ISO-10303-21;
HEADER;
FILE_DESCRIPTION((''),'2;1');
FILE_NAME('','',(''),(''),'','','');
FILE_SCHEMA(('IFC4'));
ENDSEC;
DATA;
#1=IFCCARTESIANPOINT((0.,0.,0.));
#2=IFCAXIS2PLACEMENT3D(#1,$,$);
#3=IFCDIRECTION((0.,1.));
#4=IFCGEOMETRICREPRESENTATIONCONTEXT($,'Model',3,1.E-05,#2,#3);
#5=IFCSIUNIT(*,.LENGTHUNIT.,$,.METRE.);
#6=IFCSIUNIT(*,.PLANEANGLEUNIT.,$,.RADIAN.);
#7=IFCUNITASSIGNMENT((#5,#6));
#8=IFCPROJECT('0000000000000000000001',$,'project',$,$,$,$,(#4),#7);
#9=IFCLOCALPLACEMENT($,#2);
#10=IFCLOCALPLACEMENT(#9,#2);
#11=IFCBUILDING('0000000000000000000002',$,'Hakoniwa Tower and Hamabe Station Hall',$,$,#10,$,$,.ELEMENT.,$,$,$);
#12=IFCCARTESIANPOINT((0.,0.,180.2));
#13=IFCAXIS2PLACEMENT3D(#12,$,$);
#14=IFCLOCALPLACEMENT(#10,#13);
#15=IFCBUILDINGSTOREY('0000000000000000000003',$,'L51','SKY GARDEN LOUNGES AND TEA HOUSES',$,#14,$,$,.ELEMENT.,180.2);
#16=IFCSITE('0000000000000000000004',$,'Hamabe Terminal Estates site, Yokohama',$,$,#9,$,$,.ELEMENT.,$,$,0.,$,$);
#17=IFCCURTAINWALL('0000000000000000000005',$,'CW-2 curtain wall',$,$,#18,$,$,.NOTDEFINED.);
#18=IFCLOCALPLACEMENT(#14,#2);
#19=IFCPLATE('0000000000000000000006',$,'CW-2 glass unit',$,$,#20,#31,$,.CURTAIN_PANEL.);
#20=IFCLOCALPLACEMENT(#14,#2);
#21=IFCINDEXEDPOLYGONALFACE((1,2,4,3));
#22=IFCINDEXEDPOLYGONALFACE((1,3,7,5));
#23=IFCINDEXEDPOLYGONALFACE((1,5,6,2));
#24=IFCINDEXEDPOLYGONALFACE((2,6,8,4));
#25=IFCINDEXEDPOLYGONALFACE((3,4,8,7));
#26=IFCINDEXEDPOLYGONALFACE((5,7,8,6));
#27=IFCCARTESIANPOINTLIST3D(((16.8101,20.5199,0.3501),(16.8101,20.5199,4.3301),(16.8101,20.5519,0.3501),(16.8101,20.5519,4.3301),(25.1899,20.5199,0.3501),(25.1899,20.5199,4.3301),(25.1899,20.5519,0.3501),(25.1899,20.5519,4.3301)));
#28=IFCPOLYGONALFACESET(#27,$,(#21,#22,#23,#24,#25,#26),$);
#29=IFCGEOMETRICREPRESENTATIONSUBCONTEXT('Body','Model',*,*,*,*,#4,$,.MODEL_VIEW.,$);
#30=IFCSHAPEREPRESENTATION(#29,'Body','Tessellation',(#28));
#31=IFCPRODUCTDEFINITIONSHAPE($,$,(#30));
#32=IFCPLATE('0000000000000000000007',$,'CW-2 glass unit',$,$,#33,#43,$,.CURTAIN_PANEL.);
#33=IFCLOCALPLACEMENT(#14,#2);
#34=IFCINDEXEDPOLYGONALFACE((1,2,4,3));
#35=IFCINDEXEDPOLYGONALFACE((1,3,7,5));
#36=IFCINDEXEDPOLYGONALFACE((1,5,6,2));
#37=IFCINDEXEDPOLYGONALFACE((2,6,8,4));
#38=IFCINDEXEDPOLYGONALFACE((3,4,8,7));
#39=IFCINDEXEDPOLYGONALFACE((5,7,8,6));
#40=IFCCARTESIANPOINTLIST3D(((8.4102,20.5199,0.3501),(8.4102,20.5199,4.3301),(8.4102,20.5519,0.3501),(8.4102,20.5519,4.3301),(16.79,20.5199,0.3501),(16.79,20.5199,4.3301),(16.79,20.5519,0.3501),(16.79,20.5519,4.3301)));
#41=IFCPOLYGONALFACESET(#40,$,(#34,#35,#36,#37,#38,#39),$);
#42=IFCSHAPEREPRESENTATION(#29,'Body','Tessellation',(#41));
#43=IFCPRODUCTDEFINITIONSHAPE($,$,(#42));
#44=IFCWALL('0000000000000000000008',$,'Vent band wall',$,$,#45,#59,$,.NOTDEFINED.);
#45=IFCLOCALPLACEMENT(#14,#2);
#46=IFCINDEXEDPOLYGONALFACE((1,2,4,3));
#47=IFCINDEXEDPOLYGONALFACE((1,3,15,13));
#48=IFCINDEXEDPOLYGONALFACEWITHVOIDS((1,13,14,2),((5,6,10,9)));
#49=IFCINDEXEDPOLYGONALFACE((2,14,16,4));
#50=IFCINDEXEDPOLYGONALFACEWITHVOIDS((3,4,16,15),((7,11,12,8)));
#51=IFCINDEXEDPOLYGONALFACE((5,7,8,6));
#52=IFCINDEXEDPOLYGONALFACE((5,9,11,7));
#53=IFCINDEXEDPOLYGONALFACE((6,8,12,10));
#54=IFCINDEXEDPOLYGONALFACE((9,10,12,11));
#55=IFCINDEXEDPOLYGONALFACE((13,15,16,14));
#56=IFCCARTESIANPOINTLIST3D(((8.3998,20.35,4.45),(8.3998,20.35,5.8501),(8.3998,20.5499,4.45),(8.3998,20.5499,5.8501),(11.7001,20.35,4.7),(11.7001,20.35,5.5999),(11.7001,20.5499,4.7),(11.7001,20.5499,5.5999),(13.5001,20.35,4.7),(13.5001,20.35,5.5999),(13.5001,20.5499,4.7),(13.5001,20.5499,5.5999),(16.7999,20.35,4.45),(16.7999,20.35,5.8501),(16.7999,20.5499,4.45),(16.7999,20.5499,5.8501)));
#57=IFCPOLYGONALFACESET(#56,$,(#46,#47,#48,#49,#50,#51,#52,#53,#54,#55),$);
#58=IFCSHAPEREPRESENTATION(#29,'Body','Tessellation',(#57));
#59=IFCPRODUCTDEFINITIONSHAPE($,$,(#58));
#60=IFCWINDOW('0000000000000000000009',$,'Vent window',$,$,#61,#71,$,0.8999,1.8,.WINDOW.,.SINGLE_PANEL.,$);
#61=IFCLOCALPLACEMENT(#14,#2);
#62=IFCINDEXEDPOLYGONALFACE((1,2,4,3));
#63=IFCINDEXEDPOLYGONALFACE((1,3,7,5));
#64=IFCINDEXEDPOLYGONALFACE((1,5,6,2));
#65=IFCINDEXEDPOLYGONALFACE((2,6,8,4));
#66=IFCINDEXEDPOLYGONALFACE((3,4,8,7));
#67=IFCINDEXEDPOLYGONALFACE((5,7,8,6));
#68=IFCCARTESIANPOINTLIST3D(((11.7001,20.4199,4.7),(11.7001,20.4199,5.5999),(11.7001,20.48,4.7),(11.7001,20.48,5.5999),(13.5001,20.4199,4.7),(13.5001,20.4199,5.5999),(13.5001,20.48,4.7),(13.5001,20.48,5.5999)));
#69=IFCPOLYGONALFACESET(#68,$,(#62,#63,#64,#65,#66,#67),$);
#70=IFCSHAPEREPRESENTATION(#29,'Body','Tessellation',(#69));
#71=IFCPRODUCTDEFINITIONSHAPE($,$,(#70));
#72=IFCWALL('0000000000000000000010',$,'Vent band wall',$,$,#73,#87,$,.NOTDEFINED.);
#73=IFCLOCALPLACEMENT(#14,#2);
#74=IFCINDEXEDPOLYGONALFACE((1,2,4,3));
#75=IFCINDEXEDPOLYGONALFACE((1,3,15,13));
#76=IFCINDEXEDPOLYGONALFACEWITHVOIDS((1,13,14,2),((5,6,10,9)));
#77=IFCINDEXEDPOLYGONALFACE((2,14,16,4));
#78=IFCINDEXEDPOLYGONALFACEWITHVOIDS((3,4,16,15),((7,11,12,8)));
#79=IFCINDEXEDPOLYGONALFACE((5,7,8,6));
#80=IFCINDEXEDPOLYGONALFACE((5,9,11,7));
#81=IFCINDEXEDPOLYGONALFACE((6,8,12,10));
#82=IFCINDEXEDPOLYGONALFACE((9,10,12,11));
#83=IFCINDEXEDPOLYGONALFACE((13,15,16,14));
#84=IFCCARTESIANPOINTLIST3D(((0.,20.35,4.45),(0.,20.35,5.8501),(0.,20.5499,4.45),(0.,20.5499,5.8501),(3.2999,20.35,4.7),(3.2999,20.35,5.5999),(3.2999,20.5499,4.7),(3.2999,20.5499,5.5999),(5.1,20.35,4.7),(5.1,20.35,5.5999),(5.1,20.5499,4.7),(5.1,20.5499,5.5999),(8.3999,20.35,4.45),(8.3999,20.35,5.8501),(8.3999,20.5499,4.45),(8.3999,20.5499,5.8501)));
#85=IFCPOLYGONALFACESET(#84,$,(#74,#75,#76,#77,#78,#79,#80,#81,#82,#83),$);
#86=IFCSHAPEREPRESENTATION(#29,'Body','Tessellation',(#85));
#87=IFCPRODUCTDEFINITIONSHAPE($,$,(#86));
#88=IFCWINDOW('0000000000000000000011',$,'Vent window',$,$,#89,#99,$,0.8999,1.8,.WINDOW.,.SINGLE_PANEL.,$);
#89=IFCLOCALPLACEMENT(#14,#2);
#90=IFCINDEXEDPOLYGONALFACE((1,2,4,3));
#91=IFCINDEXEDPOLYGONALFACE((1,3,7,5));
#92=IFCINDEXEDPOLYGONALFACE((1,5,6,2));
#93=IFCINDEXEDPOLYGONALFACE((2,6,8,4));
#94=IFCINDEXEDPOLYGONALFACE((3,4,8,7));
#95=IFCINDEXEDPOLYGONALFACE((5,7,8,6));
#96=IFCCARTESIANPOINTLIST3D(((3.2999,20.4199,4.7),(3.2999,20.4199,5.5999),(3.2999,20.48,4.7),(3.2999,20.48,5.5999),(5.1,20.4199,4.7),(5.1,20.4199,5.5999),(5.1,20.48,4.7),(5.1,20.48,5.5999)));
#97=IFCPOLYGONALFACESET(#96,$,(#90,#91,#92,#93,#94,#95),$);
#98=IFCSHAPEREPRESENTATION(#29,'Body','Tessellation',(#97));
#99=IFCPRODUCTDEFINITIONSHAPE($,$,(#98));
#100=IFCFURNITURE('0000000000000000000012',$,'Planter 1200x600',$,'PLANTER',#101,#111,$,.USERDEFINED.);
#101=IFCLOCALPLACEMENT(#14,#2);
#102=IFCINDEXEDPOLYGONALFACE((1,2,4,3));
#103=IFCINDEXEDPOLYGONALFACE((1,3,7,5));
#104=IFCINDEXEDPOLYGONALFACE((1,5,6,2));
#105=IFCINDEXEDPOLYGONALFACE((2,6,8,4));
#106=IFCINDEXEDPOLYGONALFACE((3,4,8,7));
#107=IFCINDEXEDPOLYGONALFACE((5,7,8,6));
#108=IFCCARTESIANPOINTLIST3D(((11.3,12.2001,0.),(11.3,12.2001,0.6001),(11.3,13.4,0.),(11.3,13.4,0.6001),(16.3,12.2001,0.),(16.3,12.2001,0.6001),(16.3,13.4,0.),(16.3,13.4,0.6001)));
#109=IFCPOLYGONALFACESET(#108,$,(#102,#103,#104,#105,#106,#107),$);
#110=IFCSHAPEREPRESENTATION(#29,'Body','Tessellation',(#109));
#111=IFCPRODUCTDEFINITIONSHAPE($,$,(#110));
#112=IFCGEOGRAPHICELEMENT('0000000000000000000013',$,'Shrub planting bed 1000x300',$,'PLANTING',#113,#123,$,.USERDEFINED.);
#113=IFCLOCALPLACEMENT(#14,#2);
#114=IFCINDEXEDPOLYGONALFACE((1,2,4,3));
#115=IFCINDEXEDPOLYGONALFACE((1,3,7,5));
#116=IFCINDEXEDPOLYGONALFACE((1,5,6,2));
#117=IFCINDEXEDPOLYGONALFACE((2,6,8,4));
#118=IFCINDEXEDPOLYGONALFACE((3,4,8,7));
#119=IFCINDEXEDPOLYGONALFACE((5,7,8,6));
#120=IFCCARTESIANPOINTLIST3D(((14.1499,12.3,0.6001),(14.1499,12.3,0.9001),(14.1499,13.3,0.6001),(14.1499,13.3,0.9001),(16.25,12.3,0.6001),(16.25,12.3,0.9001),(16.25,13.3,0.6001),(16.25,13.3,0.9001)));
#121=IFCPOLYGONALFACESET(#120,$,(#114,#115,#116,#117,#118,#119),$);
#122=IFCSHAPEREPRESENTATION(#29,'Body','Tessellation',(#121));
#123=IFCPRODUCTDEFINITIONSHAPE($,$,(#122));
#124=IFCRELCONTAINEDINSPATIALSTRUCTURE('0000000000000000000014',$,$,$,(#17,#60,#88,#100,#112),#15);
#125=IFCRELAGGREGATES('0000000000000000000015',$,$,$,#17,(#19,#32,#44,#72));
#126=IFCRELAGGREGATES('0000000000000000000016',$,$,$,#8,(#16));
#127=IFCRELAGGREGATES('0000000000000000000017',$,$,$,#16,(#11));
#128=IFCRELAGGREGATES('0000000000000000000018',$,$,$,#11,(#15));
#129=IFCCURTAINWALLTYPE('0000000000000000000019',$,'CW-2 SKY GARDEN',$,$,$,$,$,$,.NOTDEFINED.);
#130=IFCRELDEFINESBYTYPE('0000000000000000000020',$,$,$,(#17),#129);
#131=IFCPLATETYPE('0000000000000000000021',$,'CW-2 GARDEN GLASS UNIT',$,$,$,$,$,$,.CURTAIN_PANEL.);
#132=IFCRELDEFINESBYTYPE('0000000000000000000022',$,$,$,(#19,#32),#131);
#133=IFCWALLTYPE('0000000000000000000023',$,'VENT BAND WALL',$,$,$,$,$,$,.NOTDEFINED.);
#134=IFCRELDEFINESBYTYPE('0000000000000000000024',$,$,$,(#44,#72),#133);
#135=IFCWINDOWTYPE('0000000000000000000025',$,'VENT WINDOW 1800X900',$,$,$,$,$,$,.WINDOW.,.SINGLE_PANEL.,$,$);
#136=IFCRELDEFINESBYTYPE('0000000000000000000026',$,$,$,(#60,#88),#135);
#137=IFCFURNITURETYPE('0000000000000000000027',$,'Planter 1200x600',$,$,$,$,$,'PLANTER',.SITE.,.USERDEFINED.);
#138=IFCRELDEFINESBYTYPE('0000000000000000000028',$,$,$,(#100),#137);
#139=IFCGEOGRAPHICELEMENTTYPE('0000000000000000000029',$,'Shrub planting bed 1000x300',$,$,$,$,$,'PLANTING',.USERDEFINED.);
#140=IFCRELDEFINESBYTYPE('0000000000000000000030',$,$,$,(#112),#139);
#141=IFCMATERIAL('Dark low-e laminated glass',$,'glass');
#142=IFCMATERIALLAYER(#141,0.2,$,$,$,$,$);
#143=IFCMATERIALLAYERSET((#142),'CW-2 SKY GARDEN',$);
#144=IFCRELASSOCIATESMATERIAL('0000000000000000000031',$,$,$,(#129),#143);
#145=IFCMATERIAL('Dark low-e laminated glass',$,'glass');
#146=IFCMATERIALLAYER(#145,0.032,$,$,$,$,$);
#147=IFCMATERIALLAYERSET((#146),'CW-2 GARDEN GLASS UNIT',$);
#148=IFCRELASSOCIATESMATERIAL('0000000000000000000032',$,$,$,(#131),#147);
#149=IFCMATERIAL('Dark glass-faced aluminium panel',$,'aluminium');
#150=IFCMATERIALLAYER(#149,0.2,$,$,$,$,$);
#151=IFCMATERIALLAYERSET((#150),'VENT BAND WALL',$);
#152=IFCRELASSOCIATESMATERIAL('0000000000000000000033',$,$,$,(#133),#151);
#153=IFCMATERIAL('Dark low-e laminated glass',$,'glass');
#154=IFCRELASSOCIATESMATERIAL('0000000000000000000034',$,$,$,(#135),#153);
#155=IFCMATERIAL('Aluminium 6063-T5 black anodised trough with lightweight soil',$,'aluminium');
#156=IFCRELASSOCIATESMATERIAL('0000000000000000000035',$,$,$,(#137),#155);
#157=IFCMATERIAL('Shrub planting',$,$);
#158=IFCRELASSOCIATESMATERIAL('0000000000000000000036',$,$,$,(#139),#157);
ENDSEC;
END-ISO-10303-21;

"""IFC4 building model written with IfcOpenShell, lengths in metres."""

from ifc_helpers import new_model, si_unit, direction, frame, frame_2d, origin, origin_2d, place, context, subcontext, project, spatial, rectangle, extrude, material, layer, layer_set, type_object, element, fill, aggregate, save


model = new_model("IFC4")

# Units and contexts
model_context = context("Model", 3, precision=1e-05, world=origin(), true_north=direction((0.0, 1.0)))
body_context = subcontext(model_context, "Body", "Model", "MODEL_VIEW")
ifc_project = project(units=[si_unit("LENGTHUNIT", "METRE"), si_unit("PLANEANGLEUNIT", "RADIAN")], contexts=[model_context])

# Site, building, storey
site_placement = place(None, origin())
site = spatial("IfcSite", under=ifc_project, at=site_placement, Name="Hamabe Terminal Estates site, Yokohama", CompositionType="ELEMENT", RefElevation=0.0)
building_placement = place(site_placement, origin())
building = spatial("IfcBuilding", under=site, at=building_placement, Name="Hakoniwa Tower and Hamabe Station Hall", CompositionType="ELEMENT")
storey_placement = place(building_placement, frame((0.0, 0.0, 180.2)))
storey = spatial("IfcBuildingStorey", under=building, at=storey_placement, Name="L51", Description="SKY GARDEN LOUNGES AND TEA HOUSES", CompositionType="ELEMENT", Elevation=180.2)

# Curtain wall, plates, walls, openings, windows
ifc_material_1 = material(Name="Dark low-e laminated glass", Category="glass")
ifc_layer_1 = layer(ifc_material_1, 0.2)
ifc_layer_set_1 = layer_set([ifc_layer_1], Name="CW-2 SKY GARDEN")
curtain_wall_type = type_object("IfcCurtainWallType", Name="CW-2 SKY GARDEN", PredefinedType="NOTDEFINED", material=ifc_layer_set_1)
curtain_wall_placement = place(storey_placement, origin())
curtain_wall = element("IfcCurtainWall", 1, at=curtain_wall_placement, inside=storey, type_object=curtain_wall_type, Name="CW-2 curtain wall", PredefinedType="NOTDEFINED")
ifc_material_2 = material(Name="Dark low-e laminated glass", Category="glass")
ifc_layer_2 = layer(ifc_material_2, 0.032)
ifc_layer_set_2 = layer_set([ifc_layer_2], Name="CW-2 GARDEN GLASS UNIT")
plate_type = type_object("IfcPlateType", Name="CW-2 GARDEN GLASS UNIT", PredefinedType="CURTAIN_PANEL", material=ifc_layer_set_2)
plate_1_placement = place(storey_placement, frame((21.0, 20.5359, 0.3501), z_axis=(0.0, 0.0, 1.0), x_axis=(-1.0, 0.0, 0.0)))
plate_1 = element("IfcPlate", 2, at=plate_1_placement, type_object=plate_type, Name="CW-2 glass unit", PredefinedType="CURTAIN_PANEL", context=body_context, shape_type="SweptSolid", body=[
    extrude(rectangle(XDim=8.3799, YDim=0.032, at=origin_2d()), origin(), (0.0, 0.0, 1.0), 3.98),
])
plate_2_placement = place(storey_placement, frame((12.6001, 20.5359, 0.3501), z_axis=(0.0, 0.0, 1.0), x_axis=(-1.0, 0.0, 0.0)))
plate_2 = element("IfcPlate", 3, at=plate_2_placement, type_object=plate_type, Name="CW-2 glass unit", PredefinedType="CURTAIN_PANEL", context=body_context, shape_type="SweptSolid", body=[
    extrude(rectangle(XDim=8.3799, YDim=0.032, at=origin_2d()), origin(), (0.0, 0.0, 1.0), 3.98),
])
ifc_material_3 = material(Name="Dark glass-faced aluminium panel", Category="aluminium")
ifc_layer_3 = layer(ifc_material_3, 0.2)
ifc_layer_set_3 = layer_set([ifc_layer_3], Name="VENT BAND WALL")
wall_type = type_object("IfcWallType", Name="VENT BAND WALL", PredefinedType="NOTDEFINED", material=ifc_layer_set_3)
wall_1_placement = place(storey_placement, frame((16.8, 20.45, 4.45), z_axis=(0.0, 0.0, 1.0), x_axis=(-1.0, 0.0, 0.0)))
wall_1 = element("IfcWall", 4, at=wall_1_placement, type_object=wall_type, Name="Vent band wall", PredefinedType="NOTDEFINED", context=body_context, shape_type="SweptSolid", body=[
    extrude(rectangle(XDim=8.4001, YDim=0.2, at=frame_2d((4.2002, 0.0))), origin(), (0.0, 0.0, 1.0), 1.4001),
])
opening_1_placement = place(wall_1_placement, frame((3.3, 0.0, 0.25)))
opening_1 = element("IfcOpeningElement", 5, at=opening_1_placement, cuts=wall_1, PredefinedType="OPENING", context=body_context, shape_type="SweptSolid", body=[
    extrude(rectangle(XDim=1.8, YDim=0.8999, at=frame_2d((0.8999, 0.45))), frame((0.0, 0.1099, 0.0), z_axis=(0.0, -1.0, 0.0), x_axis=(1.0, 0.0, 0.0)), (0.0, 0.0, 1.0), 0.22),
])
ifc_material_4 = material(Name="Dark low-e laminated glass", Category="glass")
window_type = type_object("IfcWindowType", Name="VENT WINDOW 1800X900", PartitioningType="SINGLE_PANEL", PredefinedType="WINDOW", material=ifc_material_4)
window_1_placement = place(opening_1_placement, origin())
window_1 = element("IfcWindow", 6, at=window_1_placement, inside=storey, type_object=window_type, Name="Vent window", OverallHeight=0.8999, OverallWidth=1.8, PartitioningType="SINGLE_PANEL", PredefinedType="WINDOW", context=body_context, shape_type="SweptSolid", body=[
    extrude(rectangle(XDim=1.8, YDim=0.8999, at=frame_2d((0.8999, 0.45))), frame((0.0, 0.03, 0.0), z_axis=(0.0, -1.0, 0.0), x_axis=(1.0, 0.0, 0.0)), (0.0, 0.0, 1.0), 0.0601),
])
fill(opening_1, window_1)
wall_2_placement = place(storey_placement, frame((8.3999, 20.45, 4.45), z_axis=(0.0, 0.0, 1.0), x_axis=(-1.0, 0.0, 0.0)))
wall_2 = element("IfcWall", 7, at=wall_2_placement, type_object=wall_type, Name="Vent band wall", PredefinedType="NOTDEFINED", context=body_context, shape_type="SweptSolid", body=[
    extrude(rectangle(XDim=8.3999, YDim=0.2, at=frame_2d((4.2, 0.0))), origin(), (0.0, 0.0, 1.0), 1.4001),
])
opening_2_placement = place(wall_2_placement, frame((3.3, 0.0, 0.25)))
opening_2 = element("IfcOpeningElement", 8, at=opening_2_placement, cuts=wall_2, PredefinedType="OPENING", context=body_context, shape_type="SweptSolid", body=[
    extrude(rectangle(XDim=1.8, YDim=0.8999, at=frame_2d((0.8999, 0.45))), frame((0.0, 0.1099, 0.0), z_axis=(0.0, -1.0, 0.0), x_axis=(1.0, 0.0, 0.0)), (0.0, 0.0, 1.0), 0.22),
])
window_2_placement = place(opening_2_placement, origin())
window_2 = element("IfcWindow", 9, at=window_2_placement, inside=storey, type_object=window_type, Name="Vent window", OverallHeight=0.8999, OverallWidth=1.8, PartitioningType="SINGLE_PANEL", PredefinedType="WINDOW", context=body_context, shape_type="SweptSolid", body=[
    extrude(rectangle(XDim=1.8, YDim=0.8999, at=frame_2d((0.8999, 0.45))), frame((0.0, 0.03, 0.0), z_axis=(0.0, -1.0, 0.0), x_axis=(1.0, 0.0, 0.0)), (0.0, 0.0, 1.0), 0.0601),
])
fill(opening_2, window_2)
aggregate(curtain_wall, [plate_1, plate_2, wall_1, wall_2])

# Furniture
ifc_material_5 = material(Name="Aluminium 6063-T5 black anodised trough with lightweight soil", Category="aluminium")
furniture_type = type_object("IfcFurnitureType", Name="Planter 1200x600", ElementType="PLANTER", AssemblyPlace="SITE", PredefinedType="USERDEFINED", material=ifc_material_5)
furniture_placement = place(storey_placement, frame((13.8, 12.8, 0.0), z_axis=(0.0, 0.0, 1.0), x_axis=(1.0, 0.0, 0.0)))
element("IfcFurniture", 10, at=furniture_placement, inside=storey, type_object=furniture_type, Name="Planter 1200x600", ObjectType="PLANTER", PredefinedType="USERDEFINED", context=body_context, shape_type="SweptSolid", body=[
    extrude(rectangle(XDim=5.0, YDim=1.2, at=origin_2d()), origin(), (0.0, 0.0, 1.0), 0.6001),
])

# Geographic element
ifc_material_6 = material(Name="Shrub planting")
geographic_element_type = type_object("IfcGeographicElementType", Name="Shrub planting bed 1000x300", ElementType="PLANTING", PredefinedType="USERDEFINED", material=ifc_material_6)
geographic_element_placement = place(storey_placement, frame((15.2, 12.8, 0.6001), z_axis=(0.0, 0.0, 1.0), x_axis=(1.0, 0.0, 0.0)))
element("IfcGeographicElement", 11, at=geographic_element_placement, inside=storey, type_object=geographic_element_type, Name="Shrub planting bed 1000x300", ObjectType="PLANTING", PredefinedType="USERDEFINED", context=body_context, shape_type="SweptSolid", body=[
    extrude(rectangle(XDim=2.1001, YDim=1.0, at=origin_2d()), origin(), (0.0, 0.0, 1.0), 0.3),
])

save(model, "model.ifc")
